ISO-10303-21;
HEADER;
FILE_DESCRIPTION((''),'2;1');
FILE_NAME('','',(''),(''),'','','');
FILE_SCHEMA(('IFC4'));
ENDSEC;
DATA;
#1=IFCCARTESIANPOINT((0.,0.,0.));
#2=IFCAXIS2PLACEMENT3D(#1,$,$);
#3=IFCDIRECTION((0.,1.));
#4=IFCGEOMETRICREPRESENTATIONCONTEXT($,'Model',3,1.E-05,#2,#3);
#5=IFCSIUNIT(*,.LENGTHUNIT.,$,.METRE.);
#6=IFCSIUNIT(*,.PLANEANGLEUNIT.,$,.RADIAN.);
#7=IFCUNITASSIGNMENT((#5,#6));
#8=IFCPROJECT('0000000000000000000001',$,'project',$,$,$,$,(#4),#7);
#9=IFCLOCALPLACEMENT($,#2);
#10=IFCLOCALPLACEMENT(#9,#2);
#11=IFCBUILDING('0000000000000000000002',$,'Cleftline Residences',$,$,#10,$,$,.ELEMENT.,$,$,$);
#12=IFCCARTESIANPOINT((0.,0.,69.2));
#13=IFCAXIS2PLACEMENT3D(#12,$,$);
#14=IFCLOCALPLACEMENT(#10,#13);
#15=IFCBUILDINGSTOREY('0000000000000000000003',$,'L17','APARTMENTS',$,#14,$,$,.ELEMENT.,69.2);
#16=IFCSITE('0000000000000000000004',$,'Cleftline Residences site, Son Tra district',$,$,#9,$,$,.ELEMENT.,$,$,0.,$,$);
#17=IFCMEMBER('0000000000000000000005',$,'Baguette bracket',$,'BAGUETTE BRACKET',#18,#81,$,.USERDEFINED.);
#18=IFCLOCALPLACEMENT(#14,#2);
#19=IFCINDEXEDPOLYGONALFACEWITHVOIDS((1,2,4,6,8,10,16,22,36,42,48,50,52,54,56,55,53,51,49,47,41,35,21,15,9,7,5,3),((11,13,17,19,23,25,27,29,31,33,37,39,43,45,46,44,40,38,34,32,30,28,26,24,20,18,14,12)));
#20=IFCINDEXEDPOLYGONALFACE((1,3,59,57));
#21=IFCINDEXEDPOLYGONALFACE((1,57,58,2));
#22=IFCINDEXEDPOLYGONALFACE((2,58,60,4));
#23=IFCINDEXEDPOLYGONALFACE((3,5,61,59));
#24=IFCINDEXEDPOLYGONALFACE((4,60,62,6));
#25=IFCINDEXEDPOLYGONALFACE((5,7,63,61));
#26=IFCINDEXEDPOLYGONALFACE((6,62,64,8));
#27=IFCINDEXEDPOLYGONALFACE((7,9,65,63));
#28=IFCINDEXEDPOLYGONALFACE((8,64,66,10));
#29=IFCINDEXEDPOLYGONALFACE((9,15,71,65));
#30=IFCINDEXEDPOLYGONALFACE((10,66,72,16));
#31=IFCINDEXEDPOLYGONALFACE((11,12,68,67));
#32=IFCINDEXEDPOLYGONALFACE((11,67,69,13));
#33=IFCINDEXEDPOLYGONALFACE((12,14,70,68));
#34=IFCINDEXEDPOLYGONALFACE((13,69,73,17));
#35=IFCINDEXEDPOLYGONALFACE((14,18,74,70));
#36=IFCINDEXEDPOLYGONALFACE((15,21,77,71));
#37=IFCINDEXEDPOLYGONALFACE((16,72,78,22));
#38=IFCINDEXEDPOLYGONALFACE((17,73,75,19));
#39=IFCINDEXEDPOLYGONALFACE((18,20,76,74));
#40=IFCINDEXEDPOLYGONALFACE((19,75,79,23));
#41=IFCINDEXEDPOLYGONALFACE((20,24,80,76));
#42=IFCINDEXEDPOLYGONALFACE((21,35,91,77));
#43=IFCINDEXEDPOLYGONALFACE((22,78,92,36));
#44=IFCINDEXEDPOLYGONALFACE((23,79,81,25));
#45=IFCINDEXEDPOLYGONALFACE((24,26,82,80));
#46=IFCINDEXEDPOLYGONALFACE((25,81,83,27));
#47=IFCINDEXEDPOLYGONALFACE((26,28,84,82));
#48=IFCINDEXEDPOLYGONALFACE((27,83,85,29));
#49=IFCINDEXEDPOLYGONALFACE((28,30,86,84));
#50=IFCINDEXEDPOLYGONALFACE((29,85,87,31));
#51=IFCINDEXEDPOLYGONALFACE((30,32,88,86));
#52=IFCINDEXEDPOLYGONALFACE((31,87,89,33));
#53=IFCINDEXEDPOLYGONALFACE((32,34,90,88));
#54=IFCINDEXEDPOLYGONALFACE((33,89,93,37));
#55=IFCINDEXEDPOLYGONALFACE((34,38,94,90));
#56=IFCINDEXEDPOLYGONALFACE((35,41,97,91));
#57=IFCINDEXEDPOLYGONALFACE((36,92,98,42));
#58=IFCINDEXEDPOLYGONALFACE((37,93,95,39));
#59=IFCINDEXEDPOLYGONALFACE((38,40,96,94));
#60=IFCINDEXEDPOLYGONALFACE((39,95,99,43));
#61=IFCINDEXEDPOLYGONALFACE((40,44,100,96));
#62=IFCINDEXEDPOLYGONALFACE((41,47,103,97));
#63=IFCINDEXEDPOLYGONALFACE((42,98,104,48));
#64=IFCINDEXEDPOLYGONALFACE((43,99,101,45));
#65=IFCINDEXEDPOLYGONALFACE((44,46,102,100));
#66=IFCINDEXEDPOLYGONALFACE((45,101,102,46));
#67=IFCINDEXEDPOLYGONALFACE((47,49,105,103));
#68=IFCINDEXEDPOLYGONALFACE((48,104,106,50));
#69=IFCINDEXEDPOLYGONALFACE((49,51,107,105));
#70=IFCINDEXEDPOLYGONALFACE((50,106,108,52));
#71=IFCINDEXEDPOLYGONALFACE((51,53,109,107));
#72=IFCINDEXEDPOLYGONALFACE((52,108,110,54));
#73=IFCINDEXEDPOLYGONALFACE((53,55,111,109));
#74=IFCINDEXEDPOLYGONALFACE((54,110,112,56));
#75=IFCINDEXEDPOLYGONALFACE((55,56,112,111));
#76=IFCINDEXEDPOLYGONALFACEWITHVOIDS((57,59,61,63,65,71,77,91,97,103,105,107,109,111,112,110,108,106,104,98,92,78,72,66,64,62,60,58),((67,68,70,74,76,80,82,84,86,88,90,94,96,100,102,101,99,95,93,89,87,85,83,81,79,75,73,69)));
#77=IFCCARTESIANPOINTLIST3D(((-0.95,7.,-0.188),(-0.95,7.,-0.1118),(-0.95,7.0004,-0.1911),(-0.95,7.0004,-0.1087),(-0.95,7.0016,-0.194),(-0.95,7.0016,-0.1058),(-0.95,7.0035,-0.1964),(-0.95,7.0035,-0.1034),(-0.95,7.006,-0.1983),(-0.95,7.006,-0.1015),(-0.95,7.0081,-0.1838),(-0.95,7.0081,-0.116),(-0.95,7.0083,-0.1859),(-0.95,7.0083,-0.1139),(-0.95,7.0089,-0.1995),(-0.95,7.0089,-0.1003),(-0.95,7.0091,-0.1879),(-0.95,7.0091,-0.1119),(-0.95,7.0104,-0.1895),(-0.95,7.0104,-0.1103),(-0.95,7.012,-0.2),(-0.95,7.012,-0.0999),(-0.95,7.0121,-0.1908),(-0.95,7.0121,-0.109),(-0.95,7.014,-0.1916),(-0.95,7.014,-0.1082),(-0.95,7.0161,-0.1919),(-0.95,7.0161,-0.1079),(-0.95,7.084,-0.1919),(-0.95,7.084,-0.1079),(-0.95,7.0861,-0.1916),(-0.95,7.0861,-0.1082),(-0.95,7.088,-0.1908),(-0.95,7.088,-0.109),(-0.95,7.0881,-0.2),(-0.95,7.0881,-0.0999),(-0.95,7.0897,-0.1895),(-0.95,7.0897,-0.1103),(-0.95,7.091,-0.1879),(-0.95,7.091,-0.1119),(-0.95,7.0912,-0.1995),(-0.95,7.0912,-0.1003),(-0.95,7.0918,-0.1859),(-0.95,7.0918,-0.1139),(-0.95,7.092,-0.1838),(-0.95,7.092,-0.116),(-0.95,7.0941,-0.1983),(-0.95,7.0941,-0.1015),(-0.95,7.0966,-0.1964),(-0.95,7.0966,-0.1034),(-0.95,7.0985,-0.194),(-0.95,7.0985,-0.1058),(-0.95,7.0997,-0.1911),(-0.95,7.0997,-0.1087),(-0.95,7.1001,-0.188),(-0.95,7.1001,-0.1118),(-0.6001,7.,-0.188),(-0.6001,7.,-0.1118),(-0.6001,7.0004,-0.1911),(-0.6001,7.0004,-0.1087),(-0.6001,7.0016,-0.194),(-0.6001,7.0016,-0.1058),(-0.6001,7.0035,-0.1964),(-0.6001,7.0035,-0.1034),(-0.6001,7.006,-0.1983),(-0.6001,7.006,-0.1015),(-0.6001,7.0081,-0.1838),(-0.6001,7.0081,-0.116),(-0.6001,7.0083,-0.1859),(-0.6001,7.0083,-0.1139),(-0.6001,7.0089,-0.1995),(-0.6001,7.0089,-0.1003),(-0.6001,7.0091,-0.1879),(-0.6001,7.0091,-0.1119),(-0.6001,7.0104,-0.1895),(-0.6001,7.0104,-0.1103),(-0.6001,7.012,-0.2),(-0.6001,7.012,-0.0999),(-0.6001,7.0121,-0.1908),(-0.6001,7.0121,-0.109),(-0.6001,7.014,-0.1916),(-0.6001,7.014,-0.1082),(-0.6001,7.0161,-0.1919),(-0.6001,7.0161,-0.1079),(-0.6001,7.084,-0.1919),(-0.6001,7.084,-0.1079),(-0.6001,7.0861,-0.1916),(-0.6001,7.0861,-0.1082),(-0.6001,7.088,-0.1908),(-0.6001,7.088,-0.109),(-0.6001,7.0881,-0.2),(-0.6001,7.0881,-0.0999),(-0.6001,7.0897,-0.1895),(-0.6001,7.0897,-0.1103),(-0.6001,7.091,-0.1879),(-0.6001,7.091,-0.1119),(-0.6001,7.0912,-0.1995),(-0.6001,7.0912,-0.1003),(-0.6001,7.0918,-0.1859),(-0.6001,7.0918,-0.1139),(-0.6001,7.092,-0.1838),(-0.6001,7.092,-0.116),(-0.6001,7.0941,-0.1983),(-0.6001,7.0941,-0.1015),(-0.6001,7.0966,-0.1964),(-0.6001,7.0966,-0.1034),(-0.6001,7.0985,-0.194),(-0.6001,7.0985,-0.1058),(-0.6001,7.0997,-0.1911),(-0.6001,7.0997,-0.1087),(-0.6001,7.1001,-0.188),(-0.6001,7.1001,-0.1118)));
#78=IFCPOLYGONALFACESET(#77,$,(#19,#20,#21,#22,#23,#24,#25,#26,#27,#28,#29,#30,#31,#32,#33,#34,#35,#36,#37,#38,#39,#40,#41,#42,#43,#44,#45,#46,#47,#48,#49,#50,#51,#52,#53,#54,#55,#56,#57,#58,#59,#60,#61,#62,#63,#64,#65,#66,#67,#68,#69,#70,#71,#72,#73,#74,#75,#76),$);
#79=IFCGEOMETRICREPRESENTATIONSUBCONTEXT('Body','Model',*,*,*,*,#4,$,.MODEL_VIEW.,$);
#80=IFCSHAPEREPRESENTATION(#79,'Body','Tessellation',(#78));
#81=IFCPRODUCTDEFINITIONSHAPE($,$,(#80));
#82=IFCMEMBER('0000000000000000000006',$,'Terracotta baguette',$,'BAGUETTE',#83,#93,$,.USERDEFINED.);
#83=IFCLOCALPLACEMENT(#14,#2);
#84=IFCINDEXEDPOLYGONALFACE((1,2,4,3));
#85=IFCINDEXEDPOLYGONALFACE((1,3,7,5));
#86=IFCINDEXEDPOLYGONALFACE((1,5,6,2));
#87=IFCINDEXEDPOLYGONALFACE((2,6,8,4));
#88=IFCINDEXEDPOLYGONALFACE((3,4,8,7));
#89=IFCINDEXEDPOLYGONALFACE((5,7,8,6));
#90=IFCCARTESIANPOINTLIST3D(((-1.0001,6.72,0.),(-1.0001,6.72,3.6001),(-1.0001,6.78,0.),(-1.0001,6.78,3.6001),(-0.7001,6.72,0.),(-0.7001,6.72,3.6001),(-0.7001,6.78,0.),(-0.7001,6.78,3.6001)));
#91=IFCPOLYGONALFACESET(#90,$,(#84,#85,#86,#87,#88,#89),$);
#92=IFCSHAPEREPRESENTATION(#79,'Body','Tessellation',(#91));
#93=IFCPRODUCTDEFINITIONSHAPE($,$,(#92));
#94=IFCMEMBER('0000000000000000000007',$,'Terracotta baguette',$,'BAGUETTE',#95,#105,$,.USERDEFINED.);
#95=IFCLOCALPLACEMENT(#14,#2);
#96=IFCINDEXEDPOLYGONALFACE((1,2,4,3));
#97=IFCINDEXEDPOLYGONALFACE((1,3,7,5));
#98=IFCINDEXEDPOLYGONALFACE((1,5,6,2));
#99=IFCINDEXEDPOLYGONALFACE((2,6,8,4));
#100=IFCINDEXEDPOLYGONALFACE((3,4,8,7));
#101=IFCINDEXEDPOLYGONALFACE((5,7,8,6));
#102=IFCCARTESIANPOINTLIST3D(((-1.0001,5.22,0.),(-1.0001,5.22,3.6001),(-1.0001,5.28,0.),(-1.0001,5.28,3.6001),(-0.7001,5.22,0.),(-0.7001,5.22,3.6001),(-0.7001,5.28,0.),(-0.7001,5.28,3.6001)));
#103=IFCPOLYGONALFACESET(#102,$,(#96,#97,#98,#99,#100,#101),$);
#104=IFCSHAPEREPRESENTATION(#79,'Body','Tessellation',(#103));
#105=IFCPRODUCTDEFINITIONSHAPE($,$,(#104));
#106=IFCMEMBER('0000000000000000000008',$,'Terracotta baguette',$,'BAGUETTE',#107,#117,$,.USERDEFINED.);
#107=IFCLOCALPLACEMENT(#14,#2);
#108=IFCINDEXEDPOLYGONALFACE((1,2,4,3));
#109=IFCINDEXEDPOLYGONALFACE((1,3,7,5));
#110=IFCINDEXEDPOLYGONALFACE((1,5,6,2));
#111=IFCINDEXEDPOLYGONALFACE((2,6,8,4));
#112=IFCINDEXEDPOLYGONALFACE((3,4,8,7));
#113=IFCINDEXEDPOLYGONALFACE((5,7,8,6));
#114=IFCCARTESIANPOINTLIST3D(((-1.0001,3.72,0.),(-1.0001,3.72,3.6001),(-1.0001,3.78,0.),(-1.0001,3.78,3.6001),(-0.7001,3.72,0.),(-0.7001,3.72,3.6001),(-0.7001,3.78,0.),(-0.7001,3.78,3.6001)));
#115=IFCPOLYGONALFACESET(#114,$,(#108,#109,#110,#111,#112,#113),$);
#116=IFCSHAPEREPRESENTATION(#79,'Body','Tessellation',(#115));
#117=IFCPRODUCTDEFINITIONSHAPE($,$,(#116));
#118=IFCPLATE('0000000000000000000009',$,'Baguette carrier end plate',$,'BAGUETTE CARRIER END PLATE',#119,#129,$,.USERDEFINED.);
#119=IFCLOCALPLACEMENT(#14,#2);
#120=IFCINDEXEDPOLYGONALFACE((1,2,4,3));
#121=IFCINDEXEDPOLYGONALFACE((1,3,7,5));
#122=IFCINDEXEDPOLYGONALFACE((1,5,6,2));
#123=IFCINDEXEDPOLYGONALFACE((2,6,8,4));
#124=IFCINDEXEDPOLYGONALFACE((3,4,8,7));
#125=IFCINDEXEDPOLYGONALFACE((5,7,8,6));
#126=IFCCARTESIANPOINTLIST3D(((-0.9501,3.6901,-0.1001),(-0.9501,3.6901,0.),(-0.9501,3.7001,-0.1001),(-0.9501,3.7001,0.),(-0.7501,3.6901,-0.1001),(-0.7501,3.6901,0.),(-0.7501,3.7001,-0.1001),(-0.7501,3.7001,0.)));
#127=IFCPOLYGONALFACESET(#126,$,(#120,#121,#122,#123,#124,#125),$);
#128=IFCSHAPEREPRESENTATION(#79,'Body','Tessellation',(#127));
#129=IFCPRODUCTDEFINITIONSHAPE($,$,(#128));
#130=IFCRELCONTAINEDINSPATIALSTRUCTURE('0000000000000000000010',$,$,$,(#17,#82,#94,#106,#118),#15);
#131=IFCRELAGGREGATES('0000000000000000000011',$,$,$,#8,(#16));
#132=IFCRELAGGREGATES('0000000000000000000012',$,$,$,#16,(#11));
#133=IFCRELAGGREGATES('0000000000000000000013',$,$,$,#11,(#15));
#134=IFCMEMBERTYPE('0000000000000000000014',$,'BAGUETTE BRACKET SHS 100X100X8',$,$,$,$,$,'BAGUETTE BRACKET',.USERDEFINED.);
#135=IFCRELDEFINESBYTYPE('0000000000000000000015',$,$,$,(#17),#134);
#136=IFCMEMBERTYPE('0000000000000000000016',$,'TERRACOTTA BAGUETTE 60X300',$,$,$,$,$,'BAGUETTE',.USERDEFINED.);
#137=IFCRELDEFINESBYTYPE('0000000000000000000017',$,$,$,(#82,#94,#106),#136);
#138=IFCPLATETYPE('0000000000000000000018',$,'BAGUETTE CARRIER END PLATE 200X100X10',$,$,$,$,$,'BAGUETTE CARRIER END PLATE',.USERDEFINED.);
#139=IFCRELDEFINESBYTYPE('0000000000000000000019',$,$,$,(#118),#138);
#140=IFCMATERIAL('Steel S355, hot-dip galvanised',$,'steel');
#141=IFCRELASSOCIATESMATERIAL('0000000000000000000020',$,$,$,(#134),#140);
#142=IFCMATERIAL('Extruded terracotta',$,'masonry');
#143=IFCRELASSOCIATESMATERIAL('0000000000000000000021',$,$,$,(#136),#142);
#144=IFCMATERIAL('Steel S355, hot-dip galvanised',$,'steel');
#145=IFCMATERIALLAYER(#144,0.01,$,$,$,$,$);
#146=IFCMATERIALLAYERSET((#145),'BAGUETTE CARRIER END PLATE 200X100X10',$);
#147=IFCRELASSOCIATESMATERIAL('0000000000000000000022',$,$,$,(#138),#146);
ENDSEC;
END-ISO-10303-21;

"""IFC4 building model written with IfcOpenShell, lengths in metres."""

from ifc_helpers import new_model, si_unit, direction, frame, origin, origin_2d, place, context, subcontext, project, spatial, rectangle, hollow_rectangle, extrude, material, layer, layer_set, material_profile, profile_set, type_object, element, save


model = new_model("IFC4")

# Units and contexts
model_context = context("Model", 3, precision=1e-05, world=origin(), true_north=direction((0.0, 1.0)))
body_context = subcontext(model_context, "Body", "Model", "MODEL_VIEW")
ifc_project = project(units=[si_unit("LENGTHUNIT", "METRE"), si_unit("PLANEANGLEUNIT", "RADIAN")], contexts=[model_context])

# Site, building, storey
site_placement = place(None, origin())
site = spatial("IfcSite", under=ifc_project, at=site_placement, Name="Cleftline Residences site, Son Tra district", CompositionType="ELEMENT", RefElevation=0.0)
building_placement = place(site_placement, origin())
building = spatial("IfcBuilding", under=site, at=building_placement, Name="Cleftline Residences", CompositionType="ELEMENT")
storey_placement = place(building_placement, frame((0.0, 0.0, 69.2)))
storey = spatial("IfcBuildingStorey", under=building, at=storey_placement, Name="L17", Description="APARTMENTS", CompositionType="ELEMENT", Elevation=69.2)

# Members
ifc_material_1 = material(Name="Steel S355, hot-dip galvanised", Category="steel")
ifc_material_profile_1 = material_profile(ifc_material_1, hollow_rectangle(XDim=0.1001, YDim=0.1001, WallThickness=0.0081, InnerFilletRadius=0.0081, OuterFilletRadius=0.012, at=origin_2d()))
ifc_profile_set_1 = profile_set([ifc_material_profile_1], Name="Steel S355, hot-dip galvanised")
member_type_1 = type_object("IfcMemberType", Name="BAGUETTE BRACKET SHS 100X100X8", ElementType="BAGUETTE BRACKET", PredefinedType="USERDEFINED", material=ifc_profile_set_1)
member_placement = place(storey_placement, frame((-0.6001, 7.05, -0.1499), z_axis=(-1.0, 0.0, 0.0), x_axis=(0.0, -1.0, 0.0)))
element("IfcMember", 1, at=member_placement, inside=storey, type_object=member_type_1, Name="Baguette bracket", ObjectType="BAGUETTE BRACKET", PredefinedType="USERDEFINED", context=body_context, shape_type="SweptSolid", body=[
    extrude(hollow_rectangle(XDim=0.1001, YDim=0.1001, WallThickness=0.0081, InnerFilletRadius=0.0081, OuterFilletRadius=0.012, at=origin_2d()), origin(), (0.0, 0.0, 1.0), 0.3499),
])
ifc_material_2 = material(Name="Extruded terracotta", Category="masonry")
ifc_material_profile_2 = material_profile(ifc_material_2, rectangle(XDim=0.0601, YDim=0.3, at=origin_2d()))
ifc_profile_set_2 = profile_set([ifc_material_profile_2], Name="Extruded terracotta")
member_type_2 = type_object("IfcMemberType", Name="TERRACOTTA BAGUETTE 60X300", ElementType="BAGUETTE", PredefinedType="USERDEFINED", material=ifc_profile_set_2)
for number, where, z_axis, x_axis, name in (
    (2, (-0.8501, 6.75, 0.0), (0.0, 0.0, 1.0), (0.0, 1.0, 0.0), "Terracotta baguette"),
    (3, (-0.8501, 5.25, 0.0), (0.0, 0.0, 1.0), (0.0, 1.0, 0.0), "Terracotta baguette"),
    (4, (-0.8501, 3.75, 0.0), (0.0, 0.0, 1.0), (0.0, 1.0, 0.0), "Terracotta baguette"),
):
    element("IfcMember", number, at=place(storey_placement, frame(where, z_axis=z_axis, x_axis=x_axis)), inside=storey, type_object=member_type_2, Name=name, ObjectType="BAGUETTE", PredefinedType="USERDEFINED", context=body_context, shape_type="SweptSolid", body=[
        extrude(rectangle(XDim=0.0601, YDim=0.3, at=origin_2d()), origin(), (0.0, 0.0, 1.0), 3.6001),
    ])

# Plate
ifc_material_3 = material(Name="Steel S355, hot-dip galvanised", Category="steel")
ifc_layer_1 = layer(ifc_material_3, 0.01)
ifc_layer_set_1 = layer_set([ifc_layer_1], Name="BAGUETTE CARRIER END PLATE 200X100X10")
plate_type = type_object("IfcPlateType", Name="BAGUETTE CARRIER END PLATE 200X100X10", ElementType="BAGUETTE CARRIER END PLATE", PredefinedType="USERDEFINED", material=ifc_layer_set_1)
plate_placement = place(storey_placement, frame((-0.8501, 3.6951, -0.1001), z_axis=(0.0, 0.0, 1.0), x_axis=(-1.0, 0.0, 0.0)))
element("IfcPlate", 5, at=plate_placement, inside=storey, type_object=plate_type, Name="Baguette carrier end plate", ObjectType="BAGUETTE CARRIER END PLATE", PredefinedType="USERDEFINED", context=body_context, shape_type="SweptSolid", body=[
    extrude(rectangle(XDim=0.2, YDim=0.01, at=origin_2d()), origin(), (0.0, 0.0, 1.0), 0.1001),
])

save(model, "model.ifc")
